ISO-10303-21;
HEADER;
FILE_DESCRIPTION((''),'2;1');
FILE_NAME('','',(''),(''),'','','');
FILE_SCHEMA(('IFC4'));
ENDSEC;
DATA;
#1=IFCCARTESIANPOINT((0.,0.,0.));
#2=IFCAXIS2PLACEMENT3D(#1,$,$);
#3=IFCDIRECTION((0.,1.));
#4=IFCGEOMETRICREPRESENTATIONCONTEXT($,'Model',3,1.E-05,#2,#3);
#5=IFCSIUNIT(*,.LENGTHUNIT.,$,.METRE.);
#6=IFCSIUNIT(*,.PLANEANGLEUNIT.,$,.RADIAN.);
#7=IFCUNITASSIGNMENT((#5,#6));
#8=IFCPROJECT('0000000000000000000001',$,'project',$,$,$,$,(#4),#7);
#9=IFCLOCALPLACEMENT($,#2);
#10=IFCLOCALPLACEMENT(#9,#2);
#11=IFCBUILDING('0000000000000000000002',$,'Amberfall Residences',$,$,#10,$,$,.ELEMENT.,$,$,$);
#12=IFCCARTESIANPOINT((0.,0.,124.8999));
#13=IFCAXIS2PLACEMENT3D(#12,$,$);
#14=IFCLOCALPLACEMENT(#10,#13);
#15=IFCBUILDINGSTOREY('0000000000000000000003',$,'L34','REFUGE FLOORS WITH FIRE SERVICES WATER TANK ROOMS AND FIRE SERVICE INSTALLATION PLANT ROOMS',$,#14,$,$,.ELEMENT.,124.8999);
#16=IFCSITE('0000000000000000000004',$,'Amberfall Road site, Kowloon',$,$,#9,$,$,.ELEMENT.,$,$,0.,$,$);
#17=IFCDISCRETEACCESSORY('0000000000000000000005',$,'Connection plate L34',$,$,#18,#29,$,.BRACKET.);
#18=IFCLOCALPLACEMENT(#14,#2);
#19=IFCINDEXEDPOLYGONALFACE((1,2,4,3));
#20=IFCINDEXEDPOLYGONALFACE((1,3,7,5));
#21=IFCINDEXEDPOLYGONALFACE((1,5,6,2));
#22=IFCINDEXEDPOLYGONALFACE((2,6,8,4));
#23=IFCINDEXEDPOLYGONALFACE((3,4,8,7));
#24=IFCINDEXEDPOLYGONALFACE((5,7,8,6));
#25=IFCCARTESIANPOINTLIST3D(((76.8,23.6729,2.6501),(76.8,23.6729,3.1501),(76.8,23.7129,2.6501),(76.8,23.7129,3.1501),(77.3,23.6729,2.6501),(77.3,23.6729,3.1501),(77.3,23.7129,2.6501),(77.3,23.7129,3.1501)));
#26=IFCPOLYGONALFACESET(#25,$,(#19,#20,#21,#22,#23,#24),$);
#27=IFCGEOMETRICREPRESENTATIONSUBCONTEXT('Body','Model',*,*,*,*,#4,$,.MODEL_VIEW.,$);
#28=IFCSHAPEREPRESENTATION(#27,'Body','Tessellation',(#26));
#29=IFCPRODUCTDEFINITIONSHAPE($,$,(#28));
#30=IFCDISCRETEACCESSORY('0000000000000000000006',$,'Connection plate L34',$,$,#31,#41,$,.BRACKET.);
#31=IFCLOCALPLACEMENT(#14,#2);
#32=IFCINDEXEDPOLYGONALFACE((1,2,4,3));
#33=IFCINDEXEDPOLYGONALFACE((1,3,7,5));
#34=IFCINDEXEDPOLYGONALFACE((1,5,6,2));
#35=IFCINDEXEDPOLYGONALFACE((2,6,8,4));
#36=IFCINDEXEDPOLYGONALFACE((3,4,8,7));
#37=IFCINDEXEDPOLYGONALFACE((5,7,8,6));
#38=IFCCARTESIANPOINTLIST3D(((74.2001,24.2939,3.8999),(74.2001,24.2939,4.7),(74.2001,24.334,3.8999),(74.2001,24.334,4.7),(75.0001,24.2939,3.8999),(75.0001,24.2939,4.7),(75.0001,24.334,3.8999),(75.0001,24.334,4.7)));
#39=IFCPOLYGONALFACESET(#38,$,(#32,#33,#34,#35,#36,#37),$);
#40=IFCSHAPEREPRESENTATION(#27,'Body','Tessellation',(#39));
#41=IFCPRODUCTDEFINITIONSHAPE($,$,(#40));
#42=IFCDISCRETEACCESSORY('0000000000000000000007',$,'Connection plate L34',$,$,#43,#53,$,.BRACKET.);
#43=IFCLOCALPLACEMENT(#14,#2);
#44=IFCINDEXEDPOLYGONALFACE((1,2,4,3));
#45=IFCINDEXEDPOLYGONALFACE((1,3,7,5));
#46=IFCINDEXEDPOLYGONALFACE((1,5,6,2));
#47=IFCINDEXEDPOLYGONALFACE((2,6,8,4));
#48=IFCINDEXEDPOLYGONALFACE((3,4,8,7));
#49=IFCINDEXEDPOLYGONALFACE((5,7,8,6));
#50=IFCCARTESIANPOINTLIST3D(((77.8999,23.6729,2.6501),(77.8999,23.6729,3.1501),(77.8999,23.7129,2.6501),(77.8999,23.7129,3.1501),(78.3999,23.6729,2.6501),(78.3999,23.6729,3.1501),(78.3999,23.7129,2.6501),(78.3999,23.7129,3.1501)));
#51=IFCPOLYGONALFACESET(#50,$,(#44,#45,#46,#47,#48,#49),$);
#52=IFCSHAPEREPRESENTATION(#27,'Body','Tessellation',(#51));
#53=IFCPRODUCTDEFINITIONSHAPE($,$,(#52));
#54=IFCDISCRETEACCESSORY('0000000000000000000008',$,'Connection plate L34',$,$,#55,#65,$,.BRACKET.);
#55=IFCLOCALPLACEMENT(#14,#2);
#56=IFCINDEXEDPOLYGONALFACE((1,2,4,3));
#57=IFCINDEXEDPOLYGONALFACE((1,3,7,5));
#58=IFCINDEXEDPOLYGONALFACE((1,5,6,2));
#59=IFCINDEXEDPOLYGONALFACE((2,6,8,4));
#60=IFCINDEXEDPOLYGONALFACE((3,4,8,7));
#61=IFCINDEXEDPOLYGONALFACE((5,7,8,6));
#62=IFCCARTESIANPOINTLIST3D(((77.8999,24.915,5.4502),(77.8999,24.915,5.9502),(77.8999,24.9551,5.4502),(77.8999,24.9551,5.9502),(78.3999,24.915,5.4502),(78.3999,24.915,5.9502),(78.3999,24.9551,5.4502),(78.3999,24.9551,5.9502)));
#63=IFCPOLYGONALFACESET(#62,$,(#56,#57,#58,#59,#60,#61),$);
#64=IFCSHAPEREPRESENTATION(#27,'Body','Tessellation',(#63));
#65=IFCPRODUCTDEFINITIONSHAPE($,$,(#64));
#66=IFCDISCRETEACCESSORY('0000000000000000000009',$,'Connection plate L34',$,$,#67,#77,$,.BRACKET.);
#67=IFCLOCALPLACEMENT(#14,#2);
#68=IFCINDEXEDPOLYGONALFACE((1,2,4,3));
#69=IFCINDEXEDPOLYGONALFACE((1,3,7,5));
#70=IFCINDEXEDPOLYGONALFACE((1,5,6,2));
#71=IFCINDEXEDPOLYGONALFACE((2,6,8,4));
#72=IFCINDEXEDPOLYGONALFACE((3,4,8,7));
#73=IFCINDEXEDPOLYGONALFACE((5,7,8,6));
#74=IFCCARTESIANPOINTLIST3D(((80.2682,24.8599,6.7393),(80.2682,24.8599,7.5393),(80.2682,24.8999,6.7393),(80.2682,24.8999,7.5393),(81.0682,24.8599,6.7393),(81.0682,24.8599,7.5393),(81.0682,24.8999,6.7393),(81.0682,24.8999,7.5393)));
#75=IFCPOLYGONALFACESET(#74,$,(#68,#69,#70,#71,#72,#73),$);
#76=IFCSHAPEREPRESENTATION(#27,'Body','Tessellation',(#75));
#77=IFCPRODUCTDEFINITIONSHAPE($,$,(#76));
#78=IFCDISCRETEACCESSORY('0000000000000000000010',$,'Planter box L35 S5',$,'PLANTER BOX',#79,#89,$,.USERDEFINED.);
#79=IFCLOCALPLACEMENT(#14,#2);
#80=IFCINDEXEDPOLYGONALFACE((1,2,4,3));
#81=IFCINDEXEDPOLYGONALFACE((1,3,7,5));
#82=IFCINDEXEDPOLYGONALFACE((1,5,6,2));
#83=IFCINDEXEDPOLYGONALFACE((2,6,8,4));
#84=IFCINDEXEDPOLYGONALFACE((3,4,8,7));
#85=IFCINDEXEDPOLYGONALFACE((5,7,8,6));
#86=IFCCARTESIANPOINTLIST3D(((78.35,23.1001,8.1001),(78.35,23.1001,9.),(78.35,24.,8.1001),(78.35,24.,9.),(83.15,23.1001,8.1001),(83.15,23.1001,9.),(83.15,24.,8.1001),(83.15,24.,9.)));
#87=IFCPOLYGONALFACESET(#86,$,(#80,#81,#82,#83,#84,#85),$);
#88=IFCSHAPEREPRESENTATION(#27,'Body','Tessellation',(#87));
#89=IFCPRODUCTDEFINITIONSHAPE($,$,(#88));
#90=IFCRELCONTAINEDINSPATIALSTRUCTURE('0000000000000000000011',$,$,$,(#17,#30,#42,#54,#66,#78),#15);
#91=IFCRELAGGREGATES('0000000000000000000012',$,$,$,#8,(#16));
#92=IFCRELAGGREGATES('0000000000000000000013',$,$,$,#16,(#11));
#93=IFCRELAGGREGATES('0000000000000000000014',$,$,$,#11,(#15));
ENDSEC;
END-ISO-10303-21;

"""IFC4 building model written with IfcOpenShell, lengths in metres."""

from ifc_helpers import new_model, si_unit, direction, frame, origin, origin_2d, place, context, subcontext, project, spatial, rectangle, extrude, element, save


model = new_model("IFC4")

# Units and contexts
model_context = context("Model", 3, precision=1e-05, world=origin(), true_north=direction((0.0, 1.0)))
body_context = subcontext(model_context, "Body", "Model", "MODEL_VIEW")
ifc_project = project(units=[si_unit("LENGTHUNIT", "METRE"), si_unit("PLANEANGLEUNIT", "RADIAN")], contexts=[model_context])

# Site, building, storey
site_placement = place(None, origin())
site = spatial("IfcSite", under=ifc_project, at=site_placement, Name="Amberfall Road site, Kowloon", CompositionType="ELEMENT", RefElevation=0.0)
building_placement = place(site_placement, origin())
building = spatial("IfcBuilding", under=site, at=building_placement, Name="Amberfall Residences", CompositionType="ELEMENT")
storey_placement = place(building_placement, frame((0.0, 0.0, 124.8999)))
storey = spatial("IfcBuildingStorey", under=building, at=storey_placement, Name="L34", Description="REFUGE FLOORS WITH FIRE SERVICES WATER TANK ROOMS AND FIRE SERVICE INSTALLATION PLANT ROOMS", CompositionType="ELEMENT", Elevation=124.8999)

# Discrete accessories
for number, where, z_axis, x_axis, name in (
    (1, (77.05, 23.6929, 2.6501), (0.0, 0.0, 1.0), (1.0, 0.0, 0.0), "Connection plate L34"),
):
    element("IfcDiscreteAccessory", number, at=place(storey_placement, frame(where, z_axis=z_axis, x_axis=x_axis)), inside=storey, Name=name, PredefinedType="BRACKET", context=body_context, shape_type="SweptSolid", body=[
        extrude(rectangle(XDim=0.5, YDim=0.04, at=origin_2d()), origin(), (0.0, 0.0, 1.0), 0.5),
    ])
discrete_accessory_1_placement = place(storey_placement, frame((74.6001, 24.314, 3.8999), z_axis=(0.0, 0.0, 1.0), x_axis=(1.0, 0.0, 0.0)))
element("IfcDiscreteAccessory", 2, at=discrete_accessory_1_placement, inside=storey, Name="Connection plate L34", PredefinedType="BRACKET", context=body_context, shape_type="SweptSolid", body=[
    extrude(rectangle(XDim=0.8, YDim=0.04, at=origin_2d()), origin(), (0.0, 0.0, 1.0), 0.8),
])
for number, where, z_axis, x_axis, name in (
    (3, (78.1499, 23.6929, 2.6501), (0.0, 0.0, 1.0), (1.0, 0.0, 0.0), "Connection plate L34"),
    (4, (78.1499, 24.9351, 5.4502), (0.0, 0.0, 1.0), (1.0, 0.0, 0.0), "Connection plate L34"),
):
    element("IfcDiscreteAccessory", number, at=place(storey_placement, frame(where, z_axis=z_axis, x_axis=x_axis)), inside=storey, Name=name, PredefinedType="BRACKET", context=body_context, shape_type="SweptSolid", body=[
        extrude(rectangle(XDim=0.5, YDim=0.04, at=origin_2d()), origin(), (0.0, 0.0, 1.0), 0.5),
    ])
discrete_accessory_2_placement = place(storey_placement, frame((80.6682, 24.8799, 6.7393), z_axis=(0.0, 0.0, 1.0), x_axis=(1.0, 0.0, 0.0)))
element("IfcDiscreteAccessory", 5, at=discrete_accessory_2_placement, inside=storey, Name="Connection plate L34", PredefinedType="BRACKET", context=body_context, shape_type="SweptSolid", body=[
    extrude(rectangle(XDim=0.8, YDim=0.04, at=origin_2d()), origin(), (0.0, 0.0, 1.0), 0.8),
])
discrete_accessory_3_placement = place(storey_placement, frame((80.75, 23.55, 8.1001), z_axis=(0.0, 0.0, 1.0), x_axis=(1.0, 0.0, 0.0)))
element("IfcDiscreteAccessory", 6, at=discrete_accessory_3_placement, inside=storey, Name="Planter box L35 S5", ObjectType="PLANTER BOX", PredefinedType="USERDEFINED", context=body_context, shape_type="SweptSolid", body=[
    extrude(rectangle(XDim=4.8, YDim=0.8999, at=origin_2d()), origin(), (0.0, 0.0, 1.0), 0.8999),
])

save(model, "model.ifc")
